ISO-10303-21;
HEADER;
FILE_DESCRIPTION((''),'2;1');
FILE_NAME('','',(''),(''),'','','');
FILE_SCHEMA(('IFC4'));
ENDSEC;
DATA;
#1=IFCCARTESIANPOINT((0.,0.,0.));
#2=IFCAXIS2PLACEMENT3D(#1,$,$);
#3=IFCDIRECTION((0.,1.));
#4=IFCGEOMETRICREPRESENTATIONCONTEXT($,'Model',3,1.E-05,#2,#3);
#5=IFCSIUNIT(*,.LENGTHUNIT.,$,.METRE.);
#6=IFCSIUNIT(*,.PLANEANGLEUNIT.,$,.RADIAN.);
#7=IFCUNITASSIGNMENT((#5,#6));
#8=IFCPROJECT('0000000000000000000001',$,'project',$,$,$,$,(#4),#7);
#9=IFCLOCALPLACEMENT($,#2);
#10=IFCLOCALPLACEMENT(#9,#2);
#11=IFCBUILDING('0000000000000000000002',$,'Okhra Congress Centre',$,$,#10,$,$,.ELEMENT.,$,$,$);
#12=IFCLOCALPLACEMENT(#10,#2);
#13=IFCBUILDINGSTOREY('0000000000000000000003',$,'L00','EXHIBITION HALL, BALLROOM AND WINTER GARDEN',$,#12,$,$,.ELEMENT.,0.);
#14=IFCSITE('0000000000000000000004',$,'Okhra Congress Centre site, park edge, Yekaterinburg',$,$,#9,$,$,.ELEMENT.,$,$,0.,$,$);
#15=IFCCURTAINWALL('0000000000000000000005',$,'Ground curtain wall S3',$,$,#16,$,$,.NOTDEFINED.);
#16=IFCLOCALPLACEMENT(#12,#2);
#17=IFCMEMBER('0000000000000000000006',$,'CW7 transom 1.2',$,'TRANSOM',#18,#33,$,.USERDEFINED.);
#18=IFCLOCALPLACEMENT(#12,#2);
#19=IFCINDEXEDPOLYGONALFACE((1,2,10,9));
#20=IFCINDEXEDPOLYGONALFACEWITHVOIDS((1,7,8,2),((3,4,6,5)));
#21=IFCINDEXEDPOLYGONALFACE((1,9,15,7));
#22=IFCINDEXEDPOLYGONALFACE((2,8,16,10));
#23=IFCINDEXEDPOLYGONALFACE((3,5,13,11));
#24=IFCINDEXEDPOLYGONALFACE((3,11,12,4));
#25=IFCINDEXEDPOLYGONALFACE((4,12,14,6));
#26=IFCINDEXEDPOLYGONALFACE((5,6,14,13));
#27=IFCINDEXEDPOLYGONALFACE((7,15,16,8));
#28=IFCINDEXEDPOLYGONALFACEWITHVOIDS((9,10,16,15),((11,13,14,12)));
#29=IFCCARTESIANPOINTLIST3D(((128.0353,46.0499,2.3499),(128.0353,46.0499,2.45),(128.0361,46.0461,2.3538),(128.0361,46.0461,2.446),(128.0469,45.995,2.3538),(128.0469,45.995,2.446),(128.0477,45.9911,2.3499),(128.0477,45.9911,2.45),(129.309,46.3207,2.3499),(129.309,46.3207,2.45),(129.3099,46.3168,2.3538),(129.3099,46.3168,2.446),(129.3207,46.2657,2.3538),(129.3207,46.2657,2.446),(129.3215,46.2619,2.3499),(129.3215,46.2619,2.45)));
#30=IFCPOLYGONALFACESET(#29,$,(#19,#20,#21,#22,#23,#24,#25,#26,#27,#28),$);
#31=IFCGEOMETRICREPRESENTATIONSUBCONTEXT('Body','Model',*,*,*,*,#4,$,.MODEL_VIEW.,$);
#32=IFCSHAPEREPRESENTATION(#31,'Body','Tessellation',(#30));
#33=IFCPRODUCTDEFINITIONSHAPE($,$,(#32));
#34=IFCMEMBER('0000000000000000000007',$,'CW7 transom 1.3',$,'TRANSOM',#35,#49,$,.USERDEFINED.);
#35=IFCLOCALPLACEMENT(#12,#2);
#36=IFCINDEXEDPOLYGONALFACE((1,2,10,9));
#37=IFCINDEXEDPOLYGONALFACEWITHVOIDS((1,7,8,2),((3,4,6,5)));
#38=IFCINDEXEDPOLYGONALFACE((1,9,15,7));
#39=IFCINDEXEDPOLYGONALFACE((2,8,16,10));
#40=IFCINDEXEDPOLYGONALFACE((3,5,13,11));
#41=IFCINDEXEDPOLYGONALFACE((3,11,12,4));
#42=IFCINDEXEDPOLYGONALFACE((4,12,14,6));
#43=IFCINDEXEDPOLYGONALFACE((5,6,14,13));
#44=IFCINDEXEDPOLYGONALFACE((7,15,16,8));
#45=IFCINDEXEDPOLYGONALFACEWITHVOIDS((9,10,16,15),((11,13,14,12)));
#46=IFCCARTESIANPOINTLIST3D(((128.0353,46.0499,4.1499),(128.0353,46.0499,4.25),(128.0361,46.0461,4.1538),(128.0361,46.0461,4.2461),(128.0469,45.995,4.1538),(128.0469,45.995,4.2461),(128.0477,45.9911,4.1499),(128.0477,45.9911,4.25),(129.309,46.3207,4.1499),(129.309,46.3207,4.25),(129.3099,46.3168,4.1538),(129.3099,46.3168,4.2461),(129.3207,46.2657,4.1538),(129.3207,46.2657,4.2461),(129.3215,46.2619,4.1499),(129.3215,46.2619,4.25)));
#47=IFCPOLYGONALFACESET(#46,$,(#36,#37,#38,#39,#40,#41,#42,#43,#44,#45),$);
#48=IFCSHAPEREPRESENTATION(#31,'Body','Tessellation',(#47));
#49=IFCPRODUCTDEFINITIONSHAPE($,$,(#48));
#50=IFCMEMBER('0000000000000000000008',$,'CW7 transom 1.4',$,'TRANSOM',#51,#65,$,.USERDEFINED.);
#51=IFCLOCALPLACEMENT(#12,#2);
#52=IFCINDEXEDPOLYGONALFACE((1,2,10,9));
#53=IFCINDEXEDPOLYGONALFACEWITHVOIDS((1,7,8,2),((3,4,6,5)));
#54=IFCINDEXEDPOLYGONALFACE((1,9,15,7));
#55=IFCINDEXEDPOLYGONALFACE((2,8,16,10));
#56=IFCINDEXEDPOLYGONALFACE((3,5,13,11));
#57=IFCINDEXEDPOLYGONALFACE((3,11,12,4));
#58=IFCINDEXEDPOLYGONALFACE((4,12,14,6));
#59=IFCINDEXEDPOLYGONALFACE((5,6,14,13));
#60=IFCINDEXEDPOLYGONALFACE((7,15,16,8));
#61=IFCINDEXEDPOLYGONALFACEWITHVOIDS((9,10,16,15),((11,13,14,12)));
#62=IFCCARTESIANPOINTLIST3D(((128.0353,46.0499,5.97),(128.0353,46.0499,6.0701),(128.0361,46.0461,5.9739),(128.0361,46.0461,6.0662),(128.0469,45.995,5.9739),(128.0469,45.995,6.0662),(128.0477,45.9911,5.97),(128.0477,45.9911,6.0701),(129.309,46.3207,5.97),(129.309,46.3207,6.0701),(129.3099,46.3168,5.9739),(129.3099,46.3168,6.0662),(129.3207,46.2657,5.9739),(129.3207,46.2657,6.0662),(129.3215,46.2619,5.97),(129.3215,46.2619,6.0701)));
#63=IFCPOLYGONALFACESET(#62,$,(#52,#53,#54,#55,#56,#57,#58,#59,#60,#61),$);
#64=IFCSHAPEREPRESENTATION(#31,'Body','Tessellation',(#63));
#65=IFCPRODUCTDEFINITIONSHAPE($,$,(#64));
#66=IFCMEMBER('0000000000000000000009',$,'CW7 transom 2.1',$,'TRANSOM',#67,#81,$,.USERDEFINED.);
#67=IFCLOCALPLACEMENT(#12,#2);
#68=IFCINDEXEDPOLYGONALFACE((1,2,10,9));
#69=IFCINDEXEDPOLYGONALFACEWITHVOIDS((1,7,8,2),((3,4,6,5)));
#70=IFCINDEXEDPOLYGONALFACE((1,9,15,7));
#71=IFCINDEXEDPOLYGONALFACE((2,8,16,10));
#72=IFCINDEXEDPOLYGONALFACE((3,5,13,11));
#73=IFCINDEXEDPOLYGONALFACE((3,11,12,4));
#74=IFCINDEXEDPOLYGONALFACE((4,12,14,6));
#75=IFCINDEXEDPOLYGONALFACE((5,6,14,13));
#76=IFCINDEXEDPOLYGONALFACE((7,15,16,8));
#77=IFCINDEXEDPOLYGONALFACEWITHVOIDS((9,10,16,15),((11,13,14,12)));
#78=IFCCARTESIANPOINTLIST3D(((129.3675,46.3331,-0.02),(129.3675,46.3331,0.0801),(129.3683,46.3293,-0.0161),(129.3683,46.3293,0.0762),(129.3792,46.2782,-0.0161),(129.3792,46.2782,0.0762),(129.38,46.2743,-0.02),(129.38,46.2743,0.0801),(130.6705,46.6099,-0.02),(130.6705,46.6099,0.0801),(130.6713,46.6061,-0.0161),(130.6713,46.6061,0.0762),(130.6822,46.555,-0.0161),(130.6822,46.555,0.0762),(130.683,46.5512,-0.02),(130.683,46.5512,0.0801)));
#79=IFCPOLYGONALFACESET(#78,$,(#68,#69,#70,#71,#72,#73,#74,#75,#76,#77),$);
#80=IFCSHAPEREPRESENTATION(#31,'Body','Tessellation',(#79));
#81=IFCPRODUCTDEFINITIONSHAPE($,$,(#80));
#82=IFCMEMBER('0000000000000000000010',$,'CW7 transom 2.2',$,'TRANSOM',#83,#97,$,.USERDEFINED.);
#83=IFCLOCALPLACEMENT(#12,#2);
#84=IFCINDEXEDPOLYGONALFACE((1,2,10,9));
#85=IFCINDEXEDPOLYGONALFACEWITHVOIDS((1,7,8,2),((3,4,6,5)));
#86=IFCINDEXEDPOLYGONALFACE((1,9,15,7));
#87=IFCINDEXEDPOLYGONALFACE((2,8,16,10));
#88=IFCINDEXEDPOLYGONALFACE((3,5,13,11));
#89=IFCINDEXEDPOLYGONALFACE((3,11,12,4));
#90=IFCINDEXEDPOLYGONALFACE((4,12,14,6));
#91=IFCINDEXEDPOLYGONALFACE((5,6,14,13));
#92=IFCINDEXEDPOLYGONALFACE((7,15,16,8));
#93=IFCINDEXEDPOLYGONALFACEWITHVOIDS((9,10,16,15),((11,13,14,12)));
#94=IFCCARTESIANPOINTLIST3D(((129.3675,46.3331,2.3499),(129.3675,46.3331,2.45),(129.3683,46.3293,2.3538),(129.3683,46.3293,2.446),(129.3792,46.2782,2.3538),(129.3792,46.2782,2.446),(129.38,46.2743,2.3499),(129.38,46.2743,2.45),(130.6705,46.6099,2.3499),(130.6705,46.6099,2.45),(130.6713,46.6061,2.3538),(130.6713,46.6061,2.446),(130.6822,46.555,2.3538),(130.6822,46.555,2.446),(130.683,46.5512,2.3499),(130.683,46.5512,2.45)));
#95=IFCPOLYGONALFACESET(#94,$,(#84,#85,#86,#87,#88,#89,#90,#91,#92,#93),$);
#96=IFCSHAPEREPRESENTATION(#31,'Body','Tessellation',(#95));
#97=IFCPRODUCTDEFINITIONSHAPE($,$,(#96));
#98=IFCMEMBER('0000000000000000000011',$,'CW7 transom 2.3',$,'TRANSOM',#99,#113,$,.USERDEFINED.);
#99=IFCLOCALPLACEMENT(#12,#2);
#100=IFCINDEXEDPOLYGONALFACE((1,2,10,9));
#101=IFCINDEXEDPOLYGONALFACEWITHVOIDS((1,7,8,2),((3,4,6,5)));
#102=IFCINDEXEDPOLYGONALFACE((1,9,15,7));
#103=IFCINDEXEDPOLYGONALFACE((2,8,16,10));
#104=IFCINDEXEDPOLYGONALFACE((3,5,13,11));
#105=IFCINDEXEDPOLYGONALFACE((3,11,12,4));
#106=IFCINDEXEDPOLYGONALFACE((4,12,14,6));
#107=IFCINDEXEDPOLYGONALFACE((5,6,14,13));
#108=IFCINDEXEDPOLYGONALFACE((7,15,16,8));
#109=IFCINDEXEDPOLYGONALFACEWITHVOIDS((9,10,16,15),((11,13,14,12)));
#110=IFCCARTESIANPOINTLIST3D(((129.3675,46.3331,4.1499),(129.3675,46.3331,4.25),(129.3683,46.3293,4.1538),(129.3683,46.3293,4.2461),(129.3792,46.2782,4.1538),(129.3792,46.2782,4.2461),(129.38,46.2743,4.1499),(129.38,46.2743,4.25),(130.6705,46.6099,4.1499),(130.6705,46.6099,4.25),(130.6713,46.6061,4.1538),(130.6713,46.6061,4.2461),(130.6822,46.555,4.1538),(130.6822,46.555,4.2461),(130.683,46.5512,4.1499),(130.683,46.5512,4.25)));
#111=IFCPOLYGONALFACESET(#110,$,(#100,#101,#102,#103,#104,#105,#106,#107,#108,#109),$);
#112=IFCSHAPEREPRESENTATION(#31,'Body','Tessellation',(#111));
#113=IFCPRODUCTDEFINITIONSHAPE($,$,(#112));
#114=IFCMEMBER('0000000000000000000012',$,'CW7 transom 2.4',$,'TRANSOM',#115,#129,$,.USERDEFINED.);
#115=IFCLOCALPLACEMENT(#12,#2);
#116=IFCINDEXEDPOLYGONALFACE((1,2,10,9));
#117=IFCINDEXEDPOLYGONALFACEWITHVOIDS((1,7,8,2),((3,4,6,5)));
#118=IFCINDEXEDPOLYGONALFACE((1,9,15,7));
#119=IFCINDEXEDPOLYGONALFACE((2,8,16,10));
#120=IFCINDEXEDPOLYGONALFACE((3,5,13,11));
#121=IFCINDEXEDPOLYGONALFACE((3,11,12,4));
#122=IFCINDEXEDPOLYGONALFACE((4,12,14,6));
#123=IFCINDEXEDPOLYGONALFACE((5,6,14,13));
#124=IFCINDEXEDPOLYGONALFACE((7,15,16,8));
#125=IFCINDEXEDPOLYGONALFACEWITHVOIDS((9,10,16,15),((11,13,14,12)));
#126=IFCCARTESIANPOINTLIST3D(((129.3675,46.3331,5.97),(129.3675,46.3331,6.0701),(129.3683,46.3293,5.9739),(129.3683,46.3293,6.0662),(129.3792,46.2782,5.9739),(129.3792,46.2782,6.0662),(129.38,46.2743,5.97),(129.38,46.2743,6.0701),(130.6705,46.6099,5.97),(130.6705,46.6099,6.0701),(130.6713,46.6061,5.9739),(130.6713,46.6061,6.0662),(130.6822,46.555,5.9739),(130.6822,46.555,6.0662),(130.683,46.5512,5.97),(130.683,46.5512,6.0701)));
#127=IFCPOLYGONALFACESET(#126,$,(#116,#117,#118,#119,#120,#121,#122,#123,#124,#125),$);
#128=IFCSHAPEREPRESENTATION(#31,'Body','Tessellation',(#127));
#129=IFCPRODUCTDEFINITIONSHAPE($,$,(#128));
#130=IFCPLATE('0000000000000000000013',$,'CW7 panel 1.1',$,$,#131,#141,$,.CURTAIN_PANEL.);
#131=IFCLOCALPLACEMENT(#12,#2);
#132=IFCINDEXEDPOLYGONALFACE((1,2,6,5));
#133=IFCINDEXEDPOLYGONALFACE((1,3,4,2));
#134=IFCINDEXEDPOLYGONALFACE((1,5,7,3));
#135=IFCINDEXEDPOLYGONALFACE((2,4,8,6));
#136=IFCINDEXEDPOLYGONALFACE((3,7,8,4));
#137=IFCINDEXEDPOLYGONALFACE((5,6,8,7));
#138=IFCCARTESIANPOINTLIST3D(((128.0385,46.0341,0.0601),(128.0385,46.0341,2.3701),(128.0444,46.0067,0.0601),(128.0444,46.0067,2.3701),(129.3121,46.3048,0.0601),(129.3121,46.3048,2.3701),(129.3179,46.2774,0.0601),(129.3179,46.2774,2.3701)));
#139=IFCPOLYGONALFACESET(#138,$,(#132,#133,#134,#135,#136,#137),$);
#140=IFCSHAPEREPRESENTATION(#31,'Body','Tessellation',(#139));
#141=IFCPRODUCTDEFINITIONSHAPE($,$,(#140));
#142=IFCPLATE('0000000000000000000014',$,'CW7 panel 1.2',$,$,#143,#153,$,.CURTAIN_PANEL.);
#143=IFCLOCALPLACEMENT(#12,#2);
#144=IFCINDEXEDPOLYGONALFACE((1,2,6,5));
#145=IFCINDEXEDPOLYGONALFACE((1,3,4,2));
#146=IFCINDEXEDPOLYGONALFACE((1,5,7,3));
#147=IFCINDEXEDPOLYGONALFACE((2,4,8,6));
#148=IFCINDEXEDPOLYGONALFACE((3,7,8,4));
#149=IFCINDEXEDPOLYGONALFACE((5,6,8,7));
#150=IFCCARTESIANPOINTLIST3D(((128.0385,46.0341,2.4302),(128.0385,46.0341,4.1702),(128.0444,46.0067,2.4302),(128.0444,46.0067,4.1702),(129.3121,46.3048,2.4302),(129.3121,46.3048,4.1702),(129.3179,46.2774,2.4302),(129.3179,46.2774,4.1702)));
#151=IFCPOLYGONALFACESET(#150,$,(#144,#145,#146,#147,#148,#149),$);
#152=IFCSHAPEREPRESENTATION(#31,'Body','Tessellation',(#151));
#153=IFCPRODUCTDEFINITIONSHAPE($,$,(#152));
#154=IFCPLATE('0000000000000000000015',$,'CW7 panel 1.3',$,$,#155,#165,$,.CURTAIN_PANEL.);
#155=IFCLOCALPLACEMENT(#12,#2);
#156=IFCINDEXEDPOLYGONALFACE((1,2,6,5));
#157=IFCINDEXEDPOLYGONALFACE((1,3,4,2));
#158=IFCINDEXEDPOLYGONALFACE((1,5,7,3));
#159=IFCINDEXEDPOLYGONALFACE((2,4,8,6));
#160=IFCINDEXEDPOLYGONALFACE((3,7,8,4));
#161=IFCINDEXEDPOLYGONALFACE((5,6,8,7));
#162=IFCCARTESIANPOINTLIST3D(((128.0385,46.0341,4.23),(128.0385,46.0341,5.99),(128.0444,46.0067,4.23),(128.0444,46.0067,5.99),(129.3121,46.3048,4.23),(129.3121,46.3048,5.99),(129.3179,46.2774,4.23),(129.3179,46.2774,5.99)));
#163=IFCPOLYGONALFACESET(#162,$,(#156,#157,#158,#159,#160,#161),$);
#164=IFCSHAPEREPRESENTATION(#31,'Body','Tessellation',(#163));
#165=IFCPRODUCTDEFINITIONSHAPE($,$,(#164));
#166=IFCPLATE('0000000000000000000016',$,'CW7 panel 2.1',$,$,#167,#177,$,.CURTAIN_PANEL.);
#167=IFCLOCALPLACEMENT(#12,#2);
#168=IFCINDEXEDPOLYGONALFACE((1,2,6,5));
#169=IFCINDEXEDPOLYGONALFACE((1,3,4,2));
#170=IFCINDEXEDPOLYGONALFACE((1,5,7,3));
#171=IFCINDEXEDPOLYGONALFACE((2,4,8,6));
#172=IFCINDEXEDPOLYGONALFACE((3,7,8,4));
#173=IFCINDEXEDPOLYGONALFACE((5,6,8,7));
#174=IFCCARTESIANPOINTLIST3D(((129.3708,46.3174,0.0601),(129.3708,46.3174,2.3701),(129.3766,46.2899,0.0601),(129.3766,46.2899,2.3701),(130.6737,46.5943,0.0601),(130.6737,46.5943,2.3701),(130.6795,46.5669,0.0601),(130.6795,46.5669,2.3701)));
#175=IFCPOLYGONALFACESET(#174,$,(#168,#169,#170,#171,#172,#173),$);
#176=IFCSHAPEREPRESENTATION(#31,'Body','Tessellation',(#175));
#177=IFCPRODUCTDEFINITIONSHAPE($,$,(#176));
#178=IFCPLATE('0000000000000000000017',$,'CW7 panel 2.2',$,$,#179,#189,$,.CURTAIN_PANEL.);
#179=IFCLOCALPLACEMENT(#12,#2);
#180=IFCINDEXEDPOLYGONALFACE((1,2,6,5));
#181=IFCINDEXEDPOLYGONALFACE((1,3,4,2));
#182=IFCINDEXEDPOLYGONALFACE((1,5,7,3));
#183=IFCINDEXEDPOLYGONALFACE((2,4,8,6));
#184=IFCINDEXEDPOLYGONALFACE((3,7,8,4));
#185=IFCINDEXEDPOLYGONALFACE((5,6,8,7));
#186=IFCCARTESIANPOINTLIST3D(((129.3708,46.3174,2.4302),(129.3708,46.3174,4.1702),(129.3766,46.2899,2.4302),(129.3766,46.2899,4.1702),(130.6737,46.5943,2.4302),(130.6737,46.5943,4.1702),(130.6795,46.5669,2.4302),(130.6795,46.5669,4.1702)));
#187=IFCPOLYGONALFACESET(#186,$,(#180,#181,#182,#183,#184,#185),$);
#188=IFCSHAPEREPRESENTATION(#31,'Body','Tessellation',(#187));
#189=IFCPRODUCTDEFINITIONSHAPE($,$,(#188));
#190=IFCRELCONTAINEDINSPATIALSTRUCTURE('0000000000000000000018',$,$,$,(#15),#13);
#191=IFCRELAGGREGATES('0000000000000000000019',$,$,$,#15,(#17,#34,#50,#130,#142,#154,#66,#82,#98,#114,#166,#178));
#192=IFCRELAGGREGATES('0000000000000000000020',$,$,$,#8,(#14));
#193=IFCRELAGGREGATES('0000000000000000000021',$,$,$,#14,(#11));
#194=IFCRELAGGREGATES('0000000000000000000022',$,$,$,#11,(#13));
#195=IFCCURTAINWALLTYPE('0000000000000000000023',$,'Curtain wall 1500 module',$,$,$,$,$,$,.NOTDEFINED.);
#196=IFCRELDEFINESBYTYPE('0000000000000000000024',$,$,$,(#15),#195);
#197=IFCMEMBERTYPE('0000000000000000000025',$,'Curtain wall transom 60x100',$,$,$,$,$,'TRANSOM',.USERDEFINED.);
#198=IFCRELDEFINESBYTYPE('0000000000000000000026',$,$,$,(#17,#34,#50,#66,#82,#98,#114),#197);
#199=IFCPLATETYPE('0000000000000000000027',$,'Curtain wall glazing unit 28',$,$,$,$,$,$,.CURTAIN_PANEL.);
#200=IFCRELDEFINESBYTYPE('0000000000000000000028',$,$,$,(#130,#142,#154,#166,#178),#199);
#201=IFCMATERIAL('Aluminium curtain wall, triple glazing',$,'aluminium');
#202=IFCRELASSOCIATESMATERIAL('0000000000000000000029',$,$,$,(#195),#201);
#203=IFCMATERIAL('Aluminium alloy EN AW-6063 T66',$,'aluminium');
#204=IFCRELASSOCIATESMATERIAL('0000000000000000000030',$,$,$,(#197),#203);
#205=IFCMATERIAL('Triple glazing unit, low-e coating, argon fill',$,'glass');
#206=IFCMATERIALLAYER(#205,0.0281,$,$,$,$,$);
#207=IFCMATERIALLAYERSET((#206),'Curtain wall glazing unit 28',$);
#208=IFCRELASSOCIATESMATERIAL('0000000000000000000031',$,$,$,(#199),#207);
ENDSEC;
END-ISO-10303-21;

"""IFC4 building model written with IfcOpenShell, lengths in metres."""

from ifc_helpers import new_model, si_unit, direction, frame, origin, origin_2d, place, context, subcontext, project, spatial, rectangle, hollow_rectangle, extrude, material, layer, layer_set, material_profile, profile_set, type_object, element, aggregate, save


model = new_model("IFC4")

# Units and contexts
model_context = context("Model", 3, precision=1e-05, world=origin(), true_north=direction((0.0, 1.0)))
body_context = subcontext(model_context, "Body", "Model", "MODEL_VIEW")
ifc_project = project(units=[si_unit("LENGTHUNIT", "METRE"), si_unit("PLANEANGLEUNIT", "RADIAN")], contexts=[model_context])

# Site, building, storey
site_placement = place(None, origin())
site = spatial("IfcSite", under=ifc_project, at=site_placement, Name="Okhra Congress Centre site, park edge, Yekaterinburg", CompositionType="ELEMENT", RefElevation=0.0)
building_placement = place(site_placement, origin())
building = spatial("IfcBuilding", under=site, at=building_placement, Name="Okhra Congress Centre", CompositionType="ELEMENT")
storey_placement = place(building_placement, origin())
storey = spatial("IfcBuildingStorey", under=building, at=storey_placement, Name="L00", Description="EXHIBITION HALL, BALLROOM AND WINTER GARDEN", CompositionType="ELEMENT", Elevation=0.0)

# Curtain wall, members, plates
ifc_material_1 = material(Name="Aluminium curtain wall, triple glazing", Category="aluminium")
curtain_wall_type = type_object("IfcCurtainWallType", Name="Curtain wall 1500 module", PredefinedType="NOTDEFINED", material=ifc_material_1)
curtain_wall_placement = place(storey_placement, origin())
curtain_wall = element("IfcCurtainWall", 1, at=curtain_wall_placement, inside=storey, type_object=curtain_wall_type, Name="Ground curtain wall S3", PredefinedType="NOTDEFINED")
ifc_material_2 = material(Name="Aluminium alloy EN AW-6063 T66", Category="aluminium")
ifc_material_profile_1 = material_profile(ifc_material_2, hollow_rectangle(XDim=0.0601, YDim=0.1001, WallThickness=0.0039, at=origin_2d()), Name="RHS 60x100x4")
ifc_profile_set_1 = profile_set([ifc_material_profile_1], Name="Aluminium alloy EN AW-6063 T66")
member_type_1 = type_object("IfcMemberType", Name="Curtain wall transom 60x100", ElementType="TRANSOM", PredefinedType="USERDEFINED", material=ifc_profile_set_1)
member_1_placement = place(storey_placement, frame((128.0415, 46.0205, 2.3999), z_axis=(0.978144, 0.207928, 0.0), x_axis=(-0.207928, 0.978144, 0.0)))
member_1 = element("IfcMember", 2, at=member_1_placement, type_object=member_type_1, Name="CW7 transom 1.2", ObjectType="TRANSOM", PredefinedType="USERDEFINED", context=body_context, shape_type="SweptSolid", body=[
    extrude(hollow_rectangle(XDim=0.0601, YDim=0.1001, WallThickness=0.0039, at=origin_2d()), origin(), (0.0, 0.0, 1.0), 1.3022),
])
member_2_placement = place(storey_placement, frame((128.0415, 46.0205, 4.2), z_axis=(0.978144, 0.207928, 0.0), x_axis=(-0.207928, 0.978144, 0.0)))
member_2 = element("IfcMember", 3, at=member_2_placement, type_object=member_type_1, Name="CW7 transom 1.3", ObjectType="TRANSOM", PredefinedType="USERDEFINED", context=body_context, shape_type="SweptSolid", body=[
    extrude(hollow_rectangle(XDim=0.0601, YDim=0.1001, WallThickness=0.0039, at=origin_2d()), origin(), (0.0, 0.0, 1.0), 1.3022),
])
member_3_placement = place(storey_placement, frame((128.0415, 46.0205, 6.02), z_axis=(0.978144, 0.207928, 0.0), x_axis=(-0.207928, 0.978144, 0.0)))
member_3 = element("IfcMember", 4, at=member_3_placement, type_object=member_type_1, Name="CW7 transom 1.4", ObjectType="TRANSOM", PredefinedType="USERDEFINED", context=body_context, shape_type="SweptSolid", body=[
    extrude(hollow_rectangle(XDim=0.0601, YDim=0.1001, WallThickness=0.0039, at=origin_2d()), origin(), (0.0, 0.0, 1.0), 1.3022),
])
member_4_placement = place(storey_placement, frame((129.3738, 46.3037, 0.03), z_axis=(0.978163, 0.207839, 0.0), x_axis=(-0.207839, 0.978163, 0.0)))
member_4 = element("IfcMember", 5, at=member_4_placement, type_object=member_type_1, Name="CW7 transom 2.1", ObjectType="TRANSOM", PredefinedType="USERDEFINED", context=body_context, shape_type="SweptSolid", body=[
    extrude(hollow_rectangle(XDim=0.0601, YDim=0.1001, WallThickness=0.0039, at=origin_2d()), origin(), (0.0, 0.0, 1.0), 1.332),
])
member_5_placement = place(storey_placement, frame((129.3738, 46.3037, 2.3999), z_axis=(0.978163, 0.207839, 0.0), x_axis=(-0.207839, 0.978163, 0.0)))
member_5 = element("IfcMember", 6, at=member_5_placement, type_object=member_type_1, Name="CW7 transom 2.2", ObjectType="TRANSOM", PredefinedType="USERDEFINED", context=body_context, shape_type="SweptSolid", body=[
    extrude(hollow_rectangle(XDim=0.0601, YDim=0.1001, WallThickness=0.0039, at=origin_2d()), origin(), (0.0, 0.0, 1.0), 1.332),
])
member_6_placement = place(storey_placement, frame((129.3738, 46.3037, 4.2), z_axis=(0.978163, 0.207839, 0.0), x_axis=(-0.207839, 0.978163, 0.0)))
member_6 = element("IfcMember", 7, at=member_6_placement, type_object=member_type_1, Name="CW7 transom 2.3", ObjectType="TRANSOM", PredefinedType="USERDEFINED", context=body_context, shape_type="SweptSolid", body=[
    extrude(hollow_rectangle(XDim=0.0601, YDim=0.1001, WallThickness=0.0039, at=origin_2d()), origin(), (0.0, 0.0, 1.0), 1.332),
])
member_7_placement = place(storey_placement, frame((129.3738, 46.3037, 6.02), z_axis=(0.978163, 0.207839, 0.0), x_axis=(-0.207839, 0.978163, 0.0)))
member_7 = element("IfcMember", 8, at=member_7_placement, type_object=member_type_1, Name="CW7 transom 2.4", ObjectType="TRANSOM", PredefinedType="USERDEFINED", context=body_context, shape_type="SweptSolid", body=[
    extrude(hollow_rectangle(XDim=0.0601, YDim=0.1001, WallThickness=0.0039, at=origin_2d()), origin(), (0.0, 0.0, 1.0), 1.332),
])
ifc_material_3 = material(Name="Triple glazing unit, low-e coating, argon fill", Category="glass")
ifc_layer_1 = layer(ifc_material_3, 0.0281)
ifc_layer_set_1 = layer_set([ifc_layer_1], Name="Curtain wall glazing unit 28")
plate_type = type_object("IfcPlateType", Name="Curtain wall glazing unit 28", PredefinedType="CURTAIN_PANEL", material=ifc_layer_set_1)
plate_1_placement = place(storey_placement, frame((128.6782, 46.1558, 0.0601), z_axis=(0.0, 0.0, 1.0), x_axis=(0.978148, 0.207912, 0.0)))
plate_1 = element("IfcPlate", 9, at=plate_1_placement, type_object=plate_type, Name="CW7 panel 1.1", PredefinedType="CURTAIN_PANEL", context=body_context, shape_type="SweptSolid", body=[
    extrude(rectangle(XDim=1.302, YDim=0.0281, at=origin_2d()), origin(), (0.0, 0.0, 1.0), 2.3101),
])
plate_2_placement = place(storey_placement, frame((128.6782, 46.1558, 2.4302), z_axis=(0.0, 0.0, 1.0), x_axis=(0.978148, 0.207912, 0.0)))
plate_2 = element("IfcPlate", 10, at=plate_2_placement, type_object=plate_type, Name="CW7 panel 1.2", PredefinedType="CURTAIN_PANEL", context=body_context, shape_type="SweptSolid", body=[
    extrude(rectangle(XDim=1.302, YDim=0.0281, at=origin_2d()), origin(), (0.0, 0.0, 1.0), 1.74),
])
plate_3_placement = place(storey_placement, frame((128.6782, 46.1558, 4.23), z_axis=(0.0, 0.0, 1.0), x_axis=(0.978148, 0.207912, 0.0)))
plate_3 = element("IfcPlate", 11, at=plate_3_placement, type_object=plate_type, Name="CW7 panel 1.3", PredefinedType="CURTAIN_PANEL", context=body_context, shape_type="SweptSolid", body=[
    extrude(rectangle(XDim=1.302, YDim=0.0281, at=origin_2d()), origin(), (0.0, 0.0, 1.0), 1.76),
])
plate_4_placement = place(storey_placement, frame((130.0251, 46.4421, 0.0601), z_axis=(0.0, 0.0, 1.0), x_axis=(0.978148, 0.207912, 0.0)))
plate_4 = element("IfcPlate", 12, at=plate_4_placement, type_object=plate_type, Name="CW7 panel 2.1", PredefinedType="CURTAIN_PANEL", context=body_context, shape_type="SweptSolid", body=[
    extrude(rectangle(XDim=1.332, YDim=0.0281, at=origin_2d()), origin(), (0.0, 0.0, 1.0), 2.3101),
])
plate_5_placement = place(storey_placement, frame((130.0251, 46.4421, 2.4302), z_axis=(0.0, 0.0, 1.0), x_axis=(0.978148, 0.207912, 0.0)))
plate_5 = element("IfcPlate", 13, at=plate_5_placement, type_object=plate_type, Name="CW7 panel 2.2", PredefinedType="CURTAIN_PANEL", context=body_context, shape_type="SweptSolid", body=[
    extrude(rectangle(XDim=1.332, YDim=0.0281, at=origin_2d()), origin(), (0.0, 0.0, 1.0), 1.74),
])
aggregate(curtain_wall, [member_1, member_2, member_3, plate_1, plate_2, plate_3, member_4, member_5, member_6, member_7, plate_4, plate_5])

save(model, "model.ifc")
